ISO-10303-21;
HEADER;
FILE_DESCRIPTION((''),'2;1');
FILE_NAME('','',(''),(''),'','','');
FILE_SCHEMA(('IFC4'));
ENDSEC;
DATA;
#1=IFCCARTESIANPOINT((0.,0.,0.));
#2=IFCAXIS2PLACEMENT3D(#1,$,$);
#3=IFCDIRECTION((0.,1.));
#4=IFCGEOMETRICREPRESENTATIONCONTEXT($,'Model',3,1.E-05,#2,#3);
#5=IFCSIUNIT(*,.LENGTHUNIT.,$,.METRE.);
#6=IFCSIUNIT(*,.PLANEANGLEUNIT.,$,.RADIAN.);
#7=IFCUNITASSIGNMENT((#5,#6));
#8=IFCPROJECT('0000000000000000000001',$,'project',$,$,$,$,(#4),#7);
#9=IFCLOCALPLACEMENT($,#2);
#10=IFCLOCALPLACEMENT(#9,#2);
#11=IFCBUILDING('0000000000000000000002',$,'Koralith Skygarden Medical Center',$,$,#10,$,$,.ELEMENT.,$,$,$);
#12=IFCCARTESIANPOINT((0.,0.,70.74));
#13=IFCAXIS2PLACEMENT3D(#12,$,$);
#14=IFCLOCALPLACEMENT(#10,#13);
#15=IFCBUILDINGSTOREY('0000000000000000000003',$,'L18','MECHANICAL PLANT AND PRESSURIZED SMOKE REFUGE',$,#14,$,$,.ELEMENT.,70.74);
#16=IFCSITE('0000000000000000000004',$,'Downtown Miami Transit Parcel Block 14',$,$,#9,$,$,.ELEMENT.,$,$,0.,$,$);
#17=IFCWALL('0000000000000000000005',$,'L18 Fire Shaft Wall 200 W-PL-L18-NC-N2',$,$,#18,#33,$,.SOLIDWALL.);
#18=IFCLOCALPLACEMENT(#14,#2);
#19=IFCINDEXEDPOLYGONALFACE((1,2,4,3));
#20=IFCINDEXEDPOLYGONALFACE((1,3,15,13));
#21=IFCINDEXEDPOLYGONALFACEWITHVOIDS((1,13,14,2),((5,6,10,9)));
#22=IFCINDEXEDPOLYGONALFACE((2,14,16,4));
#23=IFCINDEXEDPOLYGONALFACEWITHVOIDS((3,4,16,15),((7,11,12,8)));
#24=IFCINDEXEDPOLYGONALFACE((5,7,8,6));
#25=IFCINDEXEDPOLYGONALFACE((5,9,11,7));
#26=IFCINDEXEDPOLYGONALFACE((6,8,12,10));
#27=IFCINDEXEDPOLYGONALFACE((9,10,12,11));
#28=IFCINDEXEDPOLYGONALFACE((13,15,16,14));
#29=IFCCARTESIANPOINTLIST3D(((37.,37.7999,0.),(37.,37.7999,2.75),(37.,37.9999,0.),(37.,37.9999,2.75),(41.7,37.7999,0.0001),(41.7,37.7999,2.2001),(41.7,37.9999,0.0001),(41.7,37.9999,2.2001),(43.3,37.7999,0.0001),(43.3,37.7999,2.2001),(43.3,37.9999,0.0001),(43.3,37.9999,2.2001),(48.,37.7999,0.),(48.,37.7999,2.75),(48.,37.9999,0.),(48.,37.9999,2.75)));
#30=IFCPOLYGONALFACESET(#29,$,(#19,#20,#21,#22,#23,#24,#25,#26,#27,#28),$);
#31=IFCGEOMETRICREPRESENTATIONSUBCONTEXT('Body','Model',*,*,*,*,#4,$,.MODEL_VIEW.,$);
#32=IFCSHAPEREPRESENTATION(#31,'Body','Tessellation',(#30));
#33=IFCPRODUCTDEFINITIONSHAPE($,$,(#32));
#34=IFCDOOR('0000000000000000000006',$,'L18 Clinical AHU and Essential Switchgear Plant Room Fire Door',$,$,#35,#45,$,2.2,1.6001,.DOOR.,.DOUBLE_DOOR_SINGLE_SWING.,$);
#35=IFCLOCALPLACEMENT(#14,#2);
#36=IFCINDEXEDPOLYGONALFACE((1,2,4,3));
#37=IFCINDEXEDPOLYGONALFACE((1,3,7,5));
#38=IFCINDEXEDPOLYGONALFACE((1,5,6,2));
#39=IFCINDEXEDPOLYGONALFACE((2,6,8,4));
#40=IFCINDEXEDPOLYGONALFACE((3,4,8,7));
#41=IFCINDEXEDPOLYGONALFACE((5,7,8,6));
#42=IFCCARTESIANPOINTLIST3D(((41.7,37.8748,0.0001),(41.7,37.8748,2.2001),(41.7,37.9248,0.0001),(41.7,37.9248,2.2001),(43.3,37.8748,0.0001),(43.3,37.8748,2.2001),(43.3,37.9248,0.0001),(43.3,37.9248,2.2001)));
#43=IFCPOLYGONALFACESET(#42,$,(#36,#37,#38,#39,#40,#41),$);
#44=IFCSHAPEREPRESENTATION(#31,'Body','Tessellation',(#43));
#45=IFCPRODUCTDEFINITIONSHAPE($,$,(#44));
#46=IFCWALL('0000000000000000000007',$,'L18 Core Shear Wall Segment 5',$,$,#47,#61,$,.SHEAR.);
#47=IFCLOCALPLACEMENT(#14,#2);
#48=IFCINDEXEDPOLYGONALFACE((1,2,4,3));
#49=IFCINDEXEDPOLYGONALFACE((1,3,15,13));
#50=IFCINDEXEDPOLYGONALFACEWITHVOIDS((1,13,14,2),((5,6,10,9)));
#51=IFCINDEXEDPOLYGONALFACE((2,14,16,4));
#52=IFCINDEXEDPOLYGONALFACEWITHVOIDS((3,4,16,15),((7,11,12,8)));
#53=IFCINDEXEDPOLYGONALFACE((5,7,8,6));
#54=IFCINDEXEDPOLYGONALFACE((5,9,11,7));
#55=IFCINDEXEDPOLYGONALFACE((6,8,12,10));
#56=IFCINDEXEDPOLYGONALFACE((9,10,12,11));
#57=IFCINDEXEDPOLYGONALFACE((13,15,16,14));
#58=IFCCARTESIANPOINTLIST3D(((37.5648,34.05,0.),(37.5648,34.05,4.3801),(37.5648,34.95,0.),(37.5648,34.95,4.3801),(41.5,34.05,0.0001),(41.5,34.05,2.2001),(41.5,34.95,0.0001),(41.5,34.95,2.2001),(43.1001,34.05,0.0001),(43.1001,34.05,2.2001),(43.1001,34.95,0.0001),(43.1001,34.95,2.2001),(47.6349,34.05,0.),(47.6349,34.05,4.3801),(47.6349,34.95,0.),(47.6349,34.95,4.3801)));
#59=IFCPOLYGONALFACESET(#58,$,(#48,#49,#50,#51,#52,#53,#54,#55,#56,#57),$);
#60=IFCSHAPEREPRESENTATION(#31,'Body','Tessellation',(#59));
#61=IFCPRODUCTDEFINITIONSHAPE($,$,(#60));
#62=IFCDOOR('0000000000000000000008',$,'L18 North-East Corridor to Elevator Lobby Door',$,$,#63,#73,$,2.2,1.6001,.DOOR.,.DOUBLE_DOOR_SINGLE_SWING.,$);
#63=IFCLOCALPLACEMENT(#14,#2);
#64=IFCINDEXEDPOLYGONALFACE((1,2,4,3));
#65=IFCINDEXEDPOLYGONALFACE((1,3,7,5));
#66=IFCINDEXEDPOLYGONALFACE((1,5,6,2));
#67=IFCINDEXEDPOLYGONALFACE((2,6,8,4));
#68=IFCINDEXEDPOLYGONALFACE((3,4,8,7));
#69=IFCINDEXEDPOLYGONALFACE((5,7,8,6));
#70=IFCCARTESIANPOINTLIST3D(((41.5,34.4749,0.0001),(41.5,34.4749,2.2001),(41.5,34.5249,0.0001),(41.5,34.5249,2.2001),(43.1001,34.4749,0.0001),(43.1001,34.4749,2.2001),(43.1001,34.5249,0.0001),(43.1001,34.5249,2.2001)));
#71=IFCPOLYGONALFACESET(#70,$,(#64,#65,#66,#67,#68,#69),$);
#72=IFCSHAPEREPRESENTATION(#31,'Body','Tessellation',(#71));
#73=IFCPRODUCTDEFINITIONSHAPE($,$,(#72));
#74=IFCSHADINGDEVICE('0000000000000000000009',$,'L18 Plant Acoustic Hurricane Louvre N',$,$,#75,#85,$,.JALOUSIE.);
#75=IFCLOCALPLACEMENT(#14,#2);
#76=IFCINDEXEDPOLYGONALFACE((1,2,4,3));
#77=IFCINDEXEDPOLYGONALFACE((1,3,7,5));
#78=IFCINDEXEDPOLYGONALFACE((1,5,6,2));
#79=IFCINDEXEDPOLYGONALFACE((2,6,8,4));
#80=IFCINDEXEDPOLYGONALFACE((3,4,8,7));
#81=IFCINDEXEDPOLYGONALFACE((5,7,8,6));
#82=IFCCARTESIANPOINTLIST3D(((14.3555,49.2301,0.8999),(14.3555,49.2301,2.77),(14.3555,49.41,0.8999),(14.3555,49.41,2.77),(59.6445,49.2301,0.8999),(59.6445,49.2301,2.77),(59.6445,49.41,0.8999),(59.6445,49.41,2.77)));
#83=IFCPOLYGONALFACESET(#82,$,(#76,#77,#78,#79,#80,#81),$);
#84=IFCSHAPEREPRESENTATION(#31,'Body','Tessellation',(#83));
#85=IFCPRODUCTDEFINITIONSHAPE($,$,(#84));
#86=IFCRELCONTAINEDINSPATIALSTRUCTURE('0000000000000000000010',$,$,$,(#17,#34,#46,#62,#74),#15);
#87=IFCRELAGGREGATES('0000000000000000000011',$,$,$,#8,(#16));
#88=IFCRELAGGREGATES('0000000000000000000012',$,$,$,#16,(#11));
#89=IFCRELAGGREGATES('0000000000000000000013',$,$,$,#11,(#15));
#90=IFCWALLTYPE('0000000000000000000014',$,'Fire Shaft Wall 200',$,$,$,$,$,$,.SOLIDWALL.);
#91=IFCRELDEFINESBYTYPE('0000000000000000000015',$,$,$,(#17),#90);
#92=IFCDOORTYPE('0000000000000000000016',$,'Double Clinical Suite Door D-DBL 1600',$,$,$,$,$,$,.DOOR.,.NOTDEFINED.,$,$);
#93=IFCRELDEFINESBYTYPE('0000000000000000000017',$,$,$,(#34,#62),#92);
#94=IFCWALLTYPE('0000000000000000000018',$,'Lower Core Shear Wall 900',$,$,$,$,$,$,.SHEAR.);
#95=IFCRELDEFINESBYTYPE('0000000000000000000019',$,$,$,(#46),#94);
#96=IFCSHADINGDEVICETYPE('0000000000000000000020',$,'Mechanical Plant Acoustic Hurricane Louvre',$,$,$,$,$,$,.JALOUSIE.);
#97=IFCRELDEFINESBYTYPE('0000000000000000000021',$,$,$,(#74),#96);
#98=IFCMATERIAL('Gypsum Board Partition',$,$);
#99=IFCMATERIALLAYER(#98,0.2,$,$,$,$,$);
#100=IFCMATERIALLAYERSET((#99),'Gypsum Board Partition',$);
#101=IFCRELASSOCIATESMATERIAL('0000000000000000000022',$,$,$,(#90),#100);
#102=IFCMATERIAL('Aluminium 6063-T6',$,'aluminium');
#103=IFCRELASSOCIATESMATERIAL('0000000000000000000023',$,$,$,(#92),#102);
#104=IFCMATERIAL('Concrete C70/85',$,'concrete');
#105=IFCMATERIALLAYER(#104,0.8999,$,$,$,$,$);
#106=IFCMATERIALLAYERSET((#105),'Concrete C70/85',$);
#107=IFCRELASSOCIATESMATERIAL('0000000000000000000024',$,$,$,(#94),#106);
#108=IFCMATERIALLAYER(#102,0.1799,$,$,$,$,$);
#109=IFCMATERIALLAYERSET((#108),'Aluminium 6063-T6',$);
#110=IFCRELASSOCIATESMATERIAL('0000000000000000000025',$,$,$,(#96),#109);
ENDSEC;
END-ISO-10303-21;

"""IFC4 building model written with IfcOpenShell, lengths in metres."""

from ifc_helpers import new_model, si_unit, direction, frame, frame_2d, origin, origin_2d, place, context, subcontext, project, spatial, rectangle, extrude, material, layer, layer_set, type_object, element, fill, save


model = new_model("IFC4")

# Units and contexts
model_context = context("Model", 3, precision=1e-05, world=origin(), true_north=direction((0.0, 1.0)))
body_context = subcontext(model_context, "Body", "Model", "MODEL_VIEW")
ifc_project = project(units=[si_unit("LENGTHUNIT", "METRE"), si_unit("PLANEANGLEUNIT", "RADIAN")], contexts=[model_context])

# Site, building, storey
site_placement = place(None, origin())
site = spatial("IfcSite", under=ifc_project, at=site_placement, Name="Downtown Miami Transit Parcel Block 14", CompositionType="ELEMENT", RefElevation=0.0)
building_placement = place(site_placement, origin())
building = spatial("IfcBuilding", under=site, at=building_placement, Name="Koralith Skygarden Medical Center", CompositionType="ELEMENT")
storey_placement = place(building_placement, frame((0.0, 0.0, 70.74)))
storey = spatial("IfcBuildingStorey", under=building, at=storey_placement, Name="L18", Description="MECHANICAL PLANT AND PRESSURIZED SMOKE REFUGE", CompositionType="ELEMENT", Elevation=70.74)

# Shared definitions
ifc_material_1 = material(Name="Concrete C70/85", Category="concrete")

# Shared definitions
ifc_material_2 = material(Name="Gypsum Board Partition")
ifc_layer_1 = layer(ifc_material_2, 0.2)
ifc_layer_set_1 = layer_set([ifc_layer_1], Name="Gypsum Board Partition")
wall_type_1 = type_object("IfcWallType", Name="Fire Shaft Wall 200", PredefinedType="SOLIDWALL", material=ifc_layer_set_1)

# Walls, openings, doors
wall_1_placement = place(storey_placement, frame((37.0, 37.8999, 0.0), z_axis=(0.0, 0.0, 1.0), x_axis=(1.0, 0.0, 0.0)))
wall_1 = element("IfcWall", 1, at=wall_1_placement, inside=storey, type_object=wall_type_1, Name="L18 Fire Shaft Wall 200 W-PL-L18-NC-N2", PredefinedType="SOLIDWALL", context=body_context, shape_type="SweptSolid", body=[
    extrude(rectangle(XDim=11.0, YDim=0.2, at=frame_2d((5.5, 0.0))), origin(), (0.0, 0.0, 1.0), 2.75),
])
opening_1_placement = place(wall_1_placement, frame((4.7, 0.0, 0.0)))
opening_1 = element("IfcOpeningElement", 2, at=opening_1_placement, cuts=wall_1, PredefinedType="OPENING", context=body_context, shape_type="SweptSolid", body=[
    extrude(rectangle(XDim=1.6001, YDim=2.2, at=frame_2d((0.8, 1.1001))), frame((0.0, 0.1099, 0.0), z_axis=(0.0, -1.0, 0.0), x_axis=(1.0, 0.0, 0.0)), (0.0, 0.0, 1.0), 0.22),
])
ifc_material_3 = material(Name="Aluminium 6063-T6", Category="aluminium")
door_type_1 = type_object("IfcDoorType", Name="Double Clinical Suite Door D-DBL 1600", OperationType="NOTDEFINED", PredefinedType="DOOR", material=ifc_material_3)
door_1_placement = place(opening_1_placement, origin())
door_1 = element("IfcDoor", 3, at=door_1_placement, inside=storey, type_object=door_type_1, Name="L18 Clinical AHU and Essential Switchgear Plant Room Fire Door", OperationType="DOUBLE_DOOR_SINGLE_SWING", OverallHeight=2.2, OverallWidth=1.6001, PredefinedType="DOOR", context=body_context, shape_type="SweptSolid", body=[
    extrude(rectangle(XDim=1.6001, YDim=2.2, at=frame_2d((0.8, 1.1001))), frame((0.0, 0.0249, 0.0), z_axis=(0.0, -1.0, 0.0), x_axis=(1.0, 0.0, 0.0)), (0.0, 0.0, 1.0), 0.05),
])
fill(opening_1, door_1)
ifc_layer_2 = layer(ifc_material_1, 0.8999)
ifc_layer_set_2 = layer_set([ifc_layer_2], Name="Concrete C70/85")
wall_type_2 = type_object("IfcWallType", Name="Lower Core Shear Wall 900", PredefinedType="SHEAR", material=ifc_layer_set_2)
wall_2_placement = place(storey_placement, frame((47.635, 34.5, 0.0), z_axis=(0.0, 0.0, 1.0), x_axis=(-1.0, 0.0, 0.0)))
wall_2 = element("IfcWall", 4, at=wall_2_placement, inside=storey, type_object=wall_type_2, Name="L18 Core Shear Wall Segment 5", PredefinedType="SHEAR", context=body_context, shape_type="SweptSolid", body=[
    extrude(rectangle(XDim=10.0701, YDim=0.8999, at=frame_2d((5.0352, 0.0))), origin(), (0.0, 0.0, 1.0), 4.3801),
])
opening_2_placement = place(wall_2_placement, frame((4.5349, 0.0, 0.0)))
opening_2 = element("IfcOpeningElement", 5, at=opening_2_placement, cuts=wall_2, PredefinedType="OPENING", context=body_context, shape_type="SweptSolid", body=[
    extrude(rectangle(XDim=1.6001, YDim=2.2, at=frame_2d((0.8, 1.1001))), frame((0.0, 0.46, 0.0), z_axis=(0.0, -1.0, 0.0), x_axis=(1.0, 0.0, 0.0)), (0.0, 0.0, 1.0), 0.9199),
])
door_2_placement = place(opening_2_placement, frame((1.6001, 0.0, 0.0), z_axis=(0.0, 0.0, 1.0), x_axis=(-1.0, 0.0, 0.0)))
door_2 = element("IfcDoor", 6, at=door_2_placement, inside=storey, type_object=door_type_1, Name="L18 North-East Corridor to Elevator Lobby Door", OperationType="DOUBLE_DOOR_SINGLE_SWING", OverallHeight=2.2, OverallWidth=1.6001, PredefinedType="DOOR", context=body_context, shape_type="SweptSolid", body=[
    extrude(rectangle(XDim=1.6001, YDim=2.2, at=frame_2d((0.8, 1.1001))), frame((0.0, 0.0249, 0.0), z_axis=(0.0, -1.0, 0.0), x_axis=(1.0, 0.0, 0.0)), (0.0, 0.0, 1.0), 0.05),
])
fill(opening_2, door_2)

# Shading device
ifc_layer_3 = layer(ifc_material_3, 0.1799)
ifc_layer_set_3 = layer_set([ifc_layer_3], Name="Aluminium 6063-T6")
shading_device_type = type_object("IfcShadingDeviceType", Name="Mechanical Plant Acoustic Hurricane Louvre", PredefinedType="JALOUSIE", material=ifc_layer_set_3)
shading_device_placement = place(storey_placement, frame((37.0, 49.3201, 0.8999), z_axis=(0.0, 0.0, 1.0), x_axis=(-1.0, 0.0, 0.0)))
element("IfcShadingDevice", 7, at=shading_device_placement, inside=storey, type_object=shading_device_type, Name="L18 Plant Acoustic Hurricane Louvre N", PredefinedType="JALOUSIE", context=body_context, shape_type="SweptSolid", body=[
    extrude(rectangle(XDim=45.2891, YDim=0.1799, at=origin_2d()), origin(), (0.0, 0.0, 1.0), 1.8701),
])

save(model, "model.ifc")
